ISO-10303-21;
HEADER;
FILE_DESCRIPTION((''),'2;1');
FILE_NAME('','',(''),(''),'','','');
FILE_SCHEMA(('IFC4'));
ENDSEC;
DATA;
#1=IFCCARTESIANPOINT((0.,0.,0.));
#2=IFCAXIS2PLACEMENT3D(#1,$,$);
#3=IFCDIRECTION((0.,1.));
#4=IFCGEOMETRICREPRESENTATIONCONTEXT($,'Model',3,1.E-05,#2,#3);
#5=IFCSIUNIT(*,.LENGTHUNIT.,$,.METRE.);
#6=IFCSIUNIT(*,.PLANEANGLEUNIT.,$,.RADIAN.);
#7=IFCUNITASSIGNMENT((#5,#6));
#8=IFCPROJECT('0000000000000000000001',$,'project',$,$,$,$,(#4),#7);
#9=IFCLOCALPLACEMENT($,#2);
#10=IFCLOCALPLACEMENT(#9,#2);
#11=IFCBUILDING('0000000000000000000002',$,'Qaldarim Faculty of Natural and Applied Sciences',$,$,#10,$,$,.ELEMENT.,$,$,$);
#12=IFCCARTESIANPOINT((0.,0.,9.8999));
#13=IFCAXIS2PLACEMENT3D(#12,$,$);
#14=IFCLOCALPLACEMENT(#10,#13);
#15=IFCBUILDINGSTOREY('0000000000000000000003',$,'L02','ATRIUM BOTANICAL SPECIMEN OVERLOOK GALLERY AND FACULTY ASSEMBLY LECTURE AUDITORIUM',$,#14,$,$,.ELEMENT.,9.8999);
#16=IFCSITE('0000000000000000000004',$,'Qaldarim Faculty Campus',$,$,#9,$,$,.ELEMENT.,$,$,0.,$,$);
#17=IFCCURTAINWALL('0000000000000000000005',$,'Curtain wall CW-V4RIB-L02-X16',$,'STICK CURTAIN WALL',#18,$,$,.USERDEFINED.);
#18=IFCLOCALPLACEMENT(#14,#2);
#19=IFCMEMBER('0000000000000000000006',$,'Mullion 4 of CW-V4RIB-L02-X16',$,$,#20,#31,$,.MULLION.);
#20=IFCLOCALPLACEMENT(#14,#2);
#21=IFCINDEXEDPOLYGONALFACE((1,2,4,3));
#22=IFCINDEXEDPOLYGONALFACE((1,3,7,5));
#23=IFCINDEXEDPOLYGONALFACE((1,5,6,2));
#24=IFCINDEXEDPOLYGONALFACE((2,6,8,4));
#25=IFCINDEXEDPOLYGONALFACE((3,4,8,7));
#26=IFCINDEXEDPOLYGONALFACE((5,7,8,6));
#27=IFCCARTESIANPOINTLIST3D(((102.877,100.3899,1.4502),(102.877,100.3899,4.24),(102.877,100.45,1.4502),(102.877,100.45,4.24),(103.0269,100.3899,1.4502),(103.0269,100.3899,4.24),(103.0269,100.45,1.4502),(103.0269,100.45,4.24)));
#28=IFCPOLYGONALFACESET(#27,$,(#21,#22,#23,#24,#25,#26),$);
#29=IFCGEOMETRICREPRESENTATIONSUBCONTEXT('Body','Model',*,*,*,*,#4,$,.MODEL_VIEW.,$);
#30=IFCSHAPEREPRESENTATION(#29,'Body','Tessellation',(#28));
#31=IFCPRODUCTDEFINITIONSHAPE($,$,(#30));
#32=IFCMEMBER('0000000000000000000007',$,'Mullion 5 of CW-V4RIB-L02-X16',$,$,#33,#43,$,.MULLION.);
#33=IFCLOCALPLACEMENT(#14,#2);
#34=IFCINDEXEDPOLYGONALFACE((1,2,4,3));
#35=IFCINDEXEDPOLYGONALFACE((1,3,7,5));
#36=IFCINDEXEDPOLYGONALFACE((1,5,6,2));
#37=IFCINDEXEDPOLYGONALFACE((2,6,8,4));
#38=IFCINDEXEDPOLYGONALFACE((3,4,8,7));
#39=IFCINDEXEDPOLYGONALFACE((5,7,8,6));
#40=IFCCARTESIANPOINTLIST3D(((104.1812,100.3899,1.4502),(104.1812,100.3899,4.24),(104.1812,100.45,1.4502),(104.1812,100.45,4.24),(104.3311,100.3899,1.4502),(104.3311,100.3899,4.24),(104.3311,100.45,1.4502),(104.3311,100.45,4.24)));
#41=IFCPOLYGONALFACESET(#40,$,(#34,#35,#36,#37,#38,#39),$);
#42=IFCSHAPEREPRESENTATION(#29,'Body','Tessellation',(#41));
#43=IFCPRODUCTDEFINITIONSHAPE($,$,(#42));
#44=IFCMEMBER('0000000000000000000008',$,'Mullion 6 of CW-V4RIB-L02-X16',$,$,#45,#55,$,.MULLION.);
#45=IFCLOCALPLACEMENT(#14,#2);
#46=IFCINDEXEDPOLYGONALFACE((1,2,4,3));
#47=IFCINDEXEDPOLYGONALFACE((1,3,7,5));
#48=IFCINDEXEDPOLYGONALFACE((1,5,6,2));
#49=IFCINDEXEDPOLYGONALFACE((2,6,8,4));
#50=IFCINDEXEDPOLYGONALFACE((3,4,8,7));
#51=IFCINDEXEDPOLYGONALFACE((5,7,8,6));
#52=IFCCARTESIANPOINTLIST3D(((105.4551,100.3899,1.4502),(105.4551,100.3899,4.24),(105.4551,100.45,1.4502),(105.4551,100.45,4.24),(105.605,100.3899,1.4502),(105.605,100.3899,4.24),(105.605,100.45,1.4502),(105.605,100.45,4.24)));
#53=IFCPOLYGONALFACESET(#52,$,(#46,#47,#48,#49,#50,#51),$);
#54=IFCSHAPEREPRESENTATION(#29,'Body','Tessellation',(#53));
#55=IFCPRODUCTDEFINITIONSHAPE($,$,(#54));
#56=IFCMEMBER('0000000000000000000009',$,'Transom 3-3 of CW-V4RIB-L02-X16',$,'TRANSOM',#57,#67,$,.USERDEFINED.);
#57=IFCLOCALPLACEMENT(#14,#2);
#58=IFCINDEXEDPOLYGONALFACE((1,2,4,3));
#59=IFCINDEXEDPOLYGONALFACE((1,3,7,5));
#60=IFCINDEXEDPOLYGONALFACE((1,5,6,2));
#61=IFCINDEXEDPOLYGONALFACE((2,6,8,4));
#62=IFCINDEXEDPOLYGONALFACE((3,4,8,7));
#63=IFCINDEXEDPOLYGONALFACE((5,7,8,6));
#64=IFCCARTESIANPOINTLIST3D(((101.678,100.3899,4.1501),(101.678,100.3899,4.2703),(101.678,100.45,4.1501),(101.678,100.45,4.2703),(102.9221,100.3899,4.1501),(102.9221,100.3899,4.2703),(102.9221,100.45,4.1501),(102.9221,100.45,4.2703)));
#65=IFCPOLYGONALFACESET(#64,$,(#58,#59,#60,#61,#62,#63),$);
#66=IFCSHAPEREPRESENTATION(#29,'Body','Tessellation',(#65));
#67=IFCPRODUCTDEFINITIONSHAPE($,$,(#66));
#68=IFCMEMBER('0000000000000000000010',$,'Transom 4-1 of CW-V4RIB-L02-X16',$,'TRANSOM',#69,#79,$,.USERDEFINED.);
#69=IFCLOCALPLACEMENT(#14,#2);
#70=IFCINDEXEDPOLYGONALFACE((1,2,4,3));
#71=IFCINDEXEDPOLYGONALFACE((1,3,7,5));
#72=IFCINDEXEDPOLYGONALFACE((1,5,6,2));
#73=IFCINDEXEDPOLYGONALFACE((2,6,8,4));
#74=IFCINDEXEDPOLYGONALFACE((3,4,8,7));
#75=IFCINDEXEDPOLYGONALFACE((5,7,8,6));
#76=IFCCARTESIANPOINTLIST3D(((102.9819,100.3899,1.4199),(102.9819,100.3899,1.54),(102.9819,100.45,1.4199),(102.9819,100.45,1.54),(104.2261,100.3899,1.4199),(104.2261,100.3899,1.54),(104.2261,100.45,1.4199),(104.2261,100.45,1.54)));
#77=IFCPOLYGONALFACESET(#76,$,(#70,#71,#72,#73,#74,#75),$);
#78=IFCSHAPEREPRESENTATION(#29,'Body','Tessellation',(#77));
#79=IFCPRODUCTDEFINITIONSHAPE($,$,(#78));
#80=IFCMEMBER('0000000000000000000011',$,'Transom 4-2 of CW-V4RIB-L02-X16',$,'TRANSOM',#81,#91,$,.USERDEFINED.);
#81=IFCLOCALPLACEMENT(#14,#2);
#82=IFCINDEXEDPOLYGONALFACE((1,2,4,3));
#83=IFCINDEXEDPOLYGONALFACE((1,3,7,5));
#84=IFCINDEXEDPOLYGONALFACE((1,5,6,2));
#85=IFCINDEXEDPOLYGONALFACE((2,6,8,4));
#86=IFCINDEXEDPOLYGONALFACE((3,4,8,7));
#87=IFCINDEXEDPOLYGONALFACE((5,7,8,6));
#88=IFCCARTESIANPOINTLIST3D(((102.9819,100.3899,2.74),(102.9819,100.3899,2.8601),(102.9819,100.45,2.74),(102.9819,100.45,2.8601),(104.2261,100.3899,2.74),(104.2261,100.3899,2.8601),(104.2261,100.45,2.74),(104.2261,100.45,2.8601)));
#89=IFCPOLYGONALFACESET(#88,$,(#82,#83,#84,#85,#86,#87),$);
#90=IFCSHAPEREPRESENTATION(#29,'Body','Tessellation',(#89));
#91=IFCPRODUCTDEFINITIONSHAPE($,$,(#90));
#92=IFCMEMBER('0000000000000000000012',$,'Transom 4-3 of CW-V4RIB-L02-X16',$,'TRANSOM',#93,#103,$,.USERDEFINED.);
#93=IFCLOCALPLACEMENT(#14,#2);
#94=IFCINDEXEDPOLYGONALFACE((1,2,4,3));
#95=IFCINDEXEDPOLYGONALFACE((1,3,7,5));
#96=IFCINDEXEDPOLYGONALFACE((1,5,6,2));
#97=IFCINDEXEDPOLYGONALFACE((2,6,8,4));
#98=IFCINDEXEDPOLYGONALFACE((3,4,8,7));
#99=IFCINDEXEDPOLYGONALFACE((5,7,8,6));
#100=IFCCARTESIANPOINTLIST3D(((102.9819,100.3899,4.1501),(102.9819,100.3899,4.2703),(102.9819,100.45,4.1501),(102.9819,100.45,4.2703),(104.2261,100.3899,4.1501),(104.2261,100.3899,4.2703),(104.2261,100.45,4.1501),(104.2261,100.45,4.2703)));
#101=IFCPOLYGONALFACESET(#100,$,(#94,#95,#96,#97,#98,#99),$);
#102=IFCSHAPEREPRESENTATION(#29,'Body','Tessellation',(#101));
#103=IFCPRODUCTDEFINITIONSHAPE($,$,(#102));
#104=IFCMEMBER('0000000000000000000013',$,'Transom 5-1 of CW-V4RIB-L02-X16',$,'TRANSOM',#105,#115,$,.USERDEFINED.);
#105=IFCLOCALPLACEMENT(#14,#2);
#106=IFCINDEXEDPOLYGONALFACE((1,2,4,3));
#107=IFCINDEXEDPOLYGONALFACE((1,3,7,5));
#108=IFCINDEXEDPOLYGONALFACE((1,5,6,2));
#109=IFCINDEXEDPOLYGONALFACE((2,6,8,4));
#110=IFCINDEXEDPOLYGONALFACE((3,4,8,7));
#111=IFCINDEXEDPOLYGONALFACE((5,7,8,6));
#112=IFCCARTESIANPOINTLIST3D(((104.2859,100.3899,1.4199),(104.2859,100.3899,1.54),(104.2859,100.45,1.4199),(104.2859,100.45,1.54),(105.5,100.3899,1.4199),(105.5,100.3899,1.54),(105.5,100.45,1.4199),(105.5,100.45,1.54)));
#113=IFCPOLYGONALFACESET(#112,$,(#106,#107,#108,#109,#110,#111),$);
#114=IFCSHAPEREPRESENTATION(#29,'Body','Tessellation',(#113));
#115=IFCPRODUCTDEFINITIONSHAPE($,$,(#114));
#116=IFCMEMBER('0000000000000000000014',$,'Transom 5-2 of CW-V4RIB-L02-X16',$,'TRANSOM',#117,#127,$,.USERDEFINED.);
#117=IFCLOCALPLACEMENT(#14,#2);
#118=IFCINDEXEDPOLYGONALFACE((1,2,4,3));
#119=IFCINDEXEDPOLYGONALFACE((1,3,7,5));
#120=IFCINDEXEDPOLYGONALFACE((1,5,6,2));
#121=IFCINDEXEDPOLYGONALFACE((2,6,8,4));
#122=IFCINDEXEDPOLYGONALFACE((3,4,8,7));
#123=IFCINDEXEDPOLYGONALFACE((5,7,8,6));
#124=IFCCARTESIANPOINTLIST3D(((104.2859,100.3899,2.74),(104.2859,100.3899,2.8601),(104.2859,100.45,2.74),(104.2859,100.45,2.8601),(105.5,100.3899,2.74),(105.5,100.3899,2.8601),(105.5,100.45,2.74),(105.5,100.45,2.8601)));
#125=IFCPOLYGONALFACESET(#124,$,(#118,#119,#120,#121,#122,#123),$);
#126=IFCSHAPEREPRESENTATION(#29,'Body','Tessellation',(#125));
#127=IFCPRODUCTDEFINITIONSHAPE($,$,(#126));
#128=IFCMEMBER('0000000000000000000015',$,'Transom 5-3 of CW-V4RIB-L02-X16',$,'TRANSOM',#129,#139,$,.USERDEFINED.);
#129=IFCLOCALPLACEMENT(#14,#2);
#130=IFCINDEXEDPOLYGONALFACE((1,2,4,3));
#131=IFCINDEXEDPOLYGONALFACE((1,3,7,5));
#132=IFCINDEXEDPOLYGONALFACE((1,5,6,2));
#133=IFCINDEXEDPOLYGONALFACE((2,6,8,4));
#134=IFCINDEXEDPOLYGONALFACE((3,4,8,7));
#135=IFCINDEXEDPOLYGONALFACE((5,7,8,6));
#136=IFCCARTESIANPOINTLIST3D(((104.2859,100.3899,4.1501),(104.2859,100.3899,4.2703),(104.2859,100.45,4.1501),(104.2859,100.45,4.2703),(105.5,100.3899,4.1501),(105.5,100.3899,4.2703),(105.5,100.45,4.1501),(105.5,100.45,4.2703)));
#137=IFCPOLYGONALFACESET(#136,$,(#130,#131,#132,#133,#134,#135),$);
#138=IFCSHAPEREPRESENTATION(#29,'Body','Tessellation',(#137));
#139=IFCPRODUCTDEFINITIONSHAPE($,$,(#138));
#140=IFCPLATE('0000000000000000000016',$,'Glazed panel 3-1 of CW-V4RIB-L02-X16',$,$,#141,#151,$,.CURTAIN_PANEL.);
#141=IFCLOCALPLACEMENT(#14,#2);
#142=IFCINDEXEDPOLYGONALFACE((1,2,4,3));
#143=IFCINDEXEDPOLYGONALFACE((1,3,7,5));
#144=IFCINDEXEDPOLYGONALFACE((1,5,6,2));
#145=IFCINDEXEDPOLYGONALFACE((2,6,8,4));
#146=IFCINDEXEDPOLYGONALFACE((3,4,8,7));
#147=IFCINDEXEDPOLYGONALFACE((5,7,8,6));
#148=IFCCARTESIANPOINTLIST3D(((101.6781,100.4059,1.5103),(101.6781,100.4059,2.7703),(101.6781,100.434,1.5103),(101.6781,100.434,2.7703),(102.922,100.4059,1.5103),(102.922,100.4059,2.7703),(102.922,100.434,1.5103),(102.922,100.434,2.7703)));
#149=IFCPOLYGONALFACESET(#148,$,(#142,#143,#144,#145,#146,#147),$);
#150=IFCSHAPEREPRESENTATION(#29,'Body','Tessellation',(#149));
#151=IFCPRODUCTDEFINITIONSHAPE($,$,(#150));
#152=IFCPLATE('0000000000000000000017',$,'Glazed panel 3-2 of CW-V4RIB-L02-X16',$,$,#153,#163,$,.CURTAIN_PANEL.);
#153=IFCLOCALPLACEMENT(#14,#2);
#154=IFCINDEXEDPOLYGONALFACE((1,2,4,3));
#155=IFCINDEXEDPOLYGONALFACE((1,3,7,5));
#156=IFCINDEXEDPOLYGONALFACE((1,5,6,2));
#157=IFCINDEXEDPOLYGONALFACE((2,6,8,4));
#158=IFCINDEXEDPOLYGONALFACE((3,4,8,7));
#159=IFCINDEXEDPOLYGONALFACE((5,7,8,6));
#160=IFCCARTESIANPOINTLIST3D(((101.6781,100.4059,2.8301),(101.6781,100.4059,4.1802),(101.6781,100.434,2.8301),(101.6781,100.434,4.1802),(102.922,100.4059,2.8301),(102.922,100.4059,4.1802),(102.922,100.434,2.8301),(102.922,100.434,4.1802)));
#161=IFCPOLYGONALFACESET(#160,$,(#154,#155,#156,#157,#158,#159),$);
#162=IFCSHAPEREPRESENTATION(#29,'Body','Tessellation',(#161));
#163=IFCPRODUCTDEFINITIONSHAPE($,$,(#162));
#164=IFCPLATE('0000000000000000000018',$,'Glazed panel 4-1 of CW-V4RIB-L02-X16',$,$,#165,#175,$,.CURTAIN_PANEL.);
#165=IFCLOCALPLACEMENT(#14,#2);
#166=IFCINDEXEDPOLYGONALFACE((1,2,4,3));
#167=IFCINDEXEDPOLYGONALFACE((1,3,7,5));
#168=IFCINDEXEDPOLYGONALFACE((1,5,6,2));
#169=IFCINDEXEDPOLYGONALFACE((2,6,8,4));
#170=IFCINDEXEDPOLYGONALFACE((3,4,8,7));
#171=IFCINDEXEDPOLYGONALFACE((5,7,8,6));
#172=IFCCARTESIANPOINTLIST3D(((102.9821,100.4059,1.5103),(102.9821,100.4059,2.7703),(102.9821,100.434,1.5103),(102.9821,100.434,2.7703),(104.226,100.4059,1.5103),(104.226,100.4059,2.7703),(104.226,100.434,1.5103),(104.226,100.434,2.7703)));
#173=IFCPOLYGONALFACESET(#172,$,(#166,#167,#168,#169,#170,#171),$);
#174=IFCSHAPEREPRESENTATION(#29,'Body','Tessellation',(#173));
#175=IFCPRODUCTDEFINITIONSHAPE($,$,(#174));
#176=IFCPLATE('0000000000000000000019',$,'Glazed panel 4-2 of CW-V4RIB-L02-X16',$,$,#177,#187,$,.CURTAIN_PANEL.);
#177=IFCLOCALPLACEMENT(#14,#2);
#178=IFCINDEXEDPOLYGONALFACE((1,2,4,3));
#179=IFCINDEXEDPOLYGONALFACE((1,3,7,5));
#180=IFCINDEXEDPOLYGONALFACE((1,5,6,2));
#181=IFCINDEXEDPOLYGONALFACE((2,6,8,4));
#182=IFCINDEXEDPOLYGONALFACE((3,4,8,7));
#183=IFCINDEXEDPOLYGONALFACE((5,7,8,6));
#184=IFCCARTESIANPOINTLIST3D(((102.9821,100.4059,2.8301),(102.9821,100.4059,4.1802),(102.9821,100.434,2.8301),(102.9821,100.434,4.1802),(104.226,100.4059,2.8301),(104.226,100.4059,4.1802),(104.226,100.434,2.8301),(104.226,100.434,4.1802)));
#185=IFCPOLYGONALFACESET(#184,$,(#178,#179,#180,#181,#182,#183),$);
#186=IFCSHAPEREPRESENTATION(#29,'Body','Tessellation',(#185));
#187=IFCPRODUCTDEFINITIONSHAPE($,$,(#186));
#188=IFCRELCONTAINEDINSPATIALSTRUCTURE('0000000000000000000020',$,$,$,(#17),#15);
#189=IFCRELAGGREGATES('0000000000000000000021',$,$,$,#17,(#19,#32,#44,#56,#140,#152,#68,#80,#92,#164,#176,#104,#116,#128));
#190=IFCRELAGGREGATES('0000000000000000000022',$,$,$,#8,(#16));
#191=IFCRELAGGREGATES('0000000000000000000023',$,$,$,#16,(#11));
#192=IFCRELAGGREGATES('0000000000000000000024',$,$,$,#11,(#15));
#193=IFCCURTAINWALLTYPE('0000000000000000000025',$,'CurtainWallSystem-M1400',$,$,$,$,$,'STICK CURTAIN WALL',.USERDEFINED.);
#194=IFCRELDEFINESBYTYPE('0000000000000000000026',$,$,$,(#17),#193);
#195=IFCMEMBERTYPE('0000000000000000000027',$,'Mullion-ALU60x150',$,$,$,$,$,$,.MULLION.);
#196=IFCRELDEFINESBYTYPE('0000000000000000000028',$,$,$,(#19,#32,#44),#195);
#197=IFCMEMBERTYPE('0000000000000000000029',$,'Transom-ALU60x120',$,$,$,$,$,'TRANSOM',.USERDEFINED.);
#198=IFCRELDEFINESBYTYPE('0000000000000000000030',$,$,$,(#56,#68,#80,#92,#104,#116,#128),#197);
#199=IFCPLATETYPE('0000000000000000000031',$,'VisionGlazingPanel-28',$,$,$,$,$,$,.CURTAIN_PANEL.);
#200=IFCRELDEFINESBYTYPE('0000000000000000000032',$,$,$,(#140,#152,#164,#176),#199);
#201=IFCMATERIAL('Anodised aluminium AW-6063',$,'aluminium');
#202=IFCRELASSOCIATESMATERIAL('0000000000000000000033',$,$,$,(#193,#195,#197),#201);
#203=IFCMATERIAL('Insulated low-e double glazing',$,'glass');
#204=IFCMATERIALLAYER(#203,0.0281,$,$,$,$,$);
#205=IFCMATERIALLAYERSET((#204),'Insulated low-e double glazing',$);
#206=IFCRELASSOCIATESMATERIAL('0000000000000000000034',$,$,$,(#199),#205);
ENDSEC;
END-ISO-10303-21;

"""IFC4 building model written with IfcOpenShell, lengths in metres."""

from ifc_helpers import new_model, si_unit, direction, frame, origin, origin_2d, place, context, subcontext, project, spatial, rectangle, extrude, material, layer, layer_set, material_profile, profile_set, type_object, element, aggregate, save


model = new_model("IFC4")

# Units and contexts
model_context = context("Model", 3, precision=1e-05, world=origin(), true_north=direction((0.0, 1.0)))
body_context = subcontext(model_context, "Body", "Model", "MODEL_VIEW")
ifc_project = project(units=[si_unit("LENGTHUNIT", "METRE"), si_unit("PLANEANGLEUNIT", "RADIAN")], contexts=[model_context])

# Site, building, storey
site_placement = place(None, origin())
site = spatial("IfcSite", under=ifc_project, at=site_placement, Name="Qaldarim Faculty Campus", CompositionType="ELEMENT", RefElevation=0.0)
building_placement = place(site_placement, origin())
building = spatial("IfcBuilding", under=site, at=building_placement, Name="Qaldarim Faculty of Natural and Applied Sciences", CompositionType="ELEMENT")
storey_placement = place(building_placement, frame((0.0, 0.0, 9.8999)))
storey = spatial("IfcBuildingStorey", under=building, at=storey_placement, Name="L02", Description="ATRIUM BOTANICAL SPECIMEN OVERLOOK GALLERY AND FACULTY ASSEMBLY LECTURE AUDITORIUM", CompositionType="ELEMENT", Elevation=9.8999)

# Curtain wall, members, plates
ifc_material_1 = material(Name="Anodised aluminium AW-6063", Category="aluminium")
curtain_wall_type = type_object("IfcCurtainWallType", Name="CurtainWallSystem-M1400", ElementType="STICK CURTAIN WALL", PredefinedType="USERDEFINED", material=ifc_material_1)
curtain_wall_placement = place(storey_placement, origin())
curtain_wall = element("IfcCurtainWall", 1, at=curtain_wall_placement, inside=storey, type_object=curtain_wall_type, Name="Curtain wall CW-V4RIB-L02-X16", ObjectType="STICK CURTAIN WALL", PredefinedType="USERDEFINED")
ifc_material_profile_1 = material_profile(ifc_material_1, rectangle(XDim=0.0601, YDim=0.1499, at=origin_2d()), Name="ALU-M60x150")
ifc_profile_set_1 = profile_set([ifc_material_profile_1], Name="Anodised aluminium AW-6063")
member_type_1 = type_object("IfcMemberType", Name="Mullion-ALU60x150", PredefinedType="MULLION", material=ifc_profile_set_1)
member_1_placement = place(storey_placement, frame((102.9519, 100.4199, 1.4502), z_axis=(0.0, 0.0, 1.0), x_axis=(0.0, 1.0, 0.0)))
member_1 = element("IfcMember", 2, at=member_1_placement, type_object=member_type_1, Name="Mullion 4 of CW-V4RIB-L02-X16", PredefinedType="MULLION", context=body_context, shape_type="SweptSolid", body=[
    extrude(rectangle(XDim=0.0601, YDim=0.1499, at=origin_2d()), origin(), (0.0, 0.0, 1.0), 2.7898),
])
member_2_placement = place(storey_placement, frame((104.2561, 100.4199, 1.4502), z_axis=(0.0, 0.0, 1.0), x_axis=(0.0, 1.0, 0.0)))
member_2 = element("IfcMember", 3, at=member_2_placement, type_object=member_type_1, Name="Mullion 5 of CW-V4RIB-L02-X16", PredefinedType="MULLION", context=body_context, shape_type="SweptSolid", body=[
    extrude(rectangle(XDim=0.0601, YDim=0.1499, at=origin_2d()), origin(), (0.0, 0.0, 1.0), 2.7898),
])
member_3_placement = place(storey_placement, frame((105.53, 100.4199, 1.4502), z_axis=(0.0, 0.0, 1.0), x_axis=(0.0, 1.0, 0.0)))
member_3 = element("IfcMember", 4, at=member_3_placement, type_object=member_type_1, Name="Mullion 6 of CW-V4RIB-L02-X16", PredefinedType="MULLION", context=body_context, shape_type="SweptSolid", body=[
    extrude(rectangle(XDim=0.0601, YDim=0.1499, at=origin_2d()), origin(), (0.0, 0.0, 1.0), 2.7898),
])
ifc_material_profile_2 = material_profile(ifc_material_1, rectangle(XDim=0.0601, YDim=0.1201, at=origin_2d()), Name="ALU-T60x120")
ifc_profile_set_2 = profile_set([ifc_material_profile_2], Name="Anodised aluminium AW-6063")
member_type_2 = type_object("IfcMemberType", Name="Transom-ALU60x120", ElementType="TRANSOM", PredefinedType="USERDEFINED", material=ifc_profile_set_2)
member_4_placement = place(storey_placement, frame((101.678, 100.4199, 4.2102), z_axis=(1.0, 0.0, 0.0), x_axis=(0.0, 1.0, 0.0)))
member_4 = element("IfcMember", 5, at=member_4_placement, type_object=member_type_2, Name="Transom 3-3 of CW-V4RIB-L02-X16", ObjectType="TRANSOM", PredefinedType="USERDEFINED", context=body_context, shape_type="SweptSolid", body=[
    extrude(rectangle(XDim=0.0601, YDim=0.1201, at=origin_2d()), origin(), (0.0, 0.0, 1.0), 1.2441),
])
member_5_placement = place(storey_placement, frame((102.9819, 100.4199, 1.48), z_axis=(1.0, 0.0, 0.0), x_axis=(0.0, 1.0, 0.0)))
member_5 = element("IfcMember", 6, at=member_5_placement, type_object=member_type_2, Name="Transom 4-1 of CW-V4RIB-L02-X16", ObjectType="TRANSOM", PredefinedType="USERDEFINED", context=body_context, shape_type="SweptSolid", body=[
    extrude(rectangle(XDim=0.0601, YDim=0.1201, at=origin_2d()), origin(), (0.0, 0.0, 1.0), 1.2441),
])
member_6_placement = place(storey_placement, frame((102.9819, 100.4199, 2.8), z_axis=(1.0, 0.0, 0.0), x_axis=(0.0, 1.0, 0.0)))
member_6 = element("IfcMember", 7, at=member_6_placement, type_object=member_type_2, Name="Transom 4-2 of CW-V4RIB-L02-X16", ObjectType="TRANSOM", PredefinedType="USERDEFINED", context=body_context, shape_type="SweptSolid", body=[
    extrude(rectangle(XDim=0.0601, YDim=0.1201, at=origin_2d()), origin(), (0.0, 0.0, 1.0), 1.2441),
])
member_7_placement = place(storey_placement, frame((102.9819, 100.4199, 4.2102), z_axis=(1.0, 0.0, 0.0), x_axis=(0.0, 1.0, 0.0)))
member_7 = element("IfcMember", 8, at=member_7_placement, type_object=member_type_2, Name="Transom 4-3 of CW-V4RIB-L02-X16", ObjectType="TRANSOM", PredefinedType="USERDEFINED", context=body_context, shape_type="SweptSolid", body=[
    extrude(rectangle(XDim=0.0601, YDim=0.1201, at=origin_2d()), origin(), (0.0, 0.0, 1.0), 1.2441),
])
member_8_placement = place(storey_placement, frame((104.2859, 100.4199, 1.48), z_axis=(1.0, 0.0, 0.0), x_axis=(0.0, 1.0, 0.0)))
member_8 = element("IfcMember", 9, at=member_8_placement, type_object=member_type_2, Name="Transom 5-1 of CW-V4RIB-L02-X16", ObjectType="TRANSOM", PredefinedType="USERDEFINED", context=body_context, shape_type="SweptSolid", body=[
    extrude(rectangle(XDim=0.0601, YDim=0.1201, at=origin_2d()), origin(), (0.0, 0.0, 1.0), 1.2141),
])
member_9_placement = place(storey_placement, frame((104.2859, 100.4199, 2.8), z_axis=(1.0, 0.0, 0.0), x_axis=(0.0, 1.0, 0.0)))
member_9 = element("IfcMember", 10, at=member_9_placement, type_object=member_type_2, Name="Transom 5-2 of CW-V4RIB-L02-X16", ObjectType="TRANSOM", PredefinedType="USERDEFINED", context=body_context, shape_type="SweptSolid", body=[
    extrude(rectangle(XDim=0.0601, YDim=0.1201, at=origin_2d()), origin(), (0.0, 0.0, 1.0), 1.2141),
])
member_10_placement = place(storey_placement, frame((104.2859, 100.4199, 4.2102), z_axis=(1.0, 0.0, 0.0), x_axis=(0.0, 1.0, 0.0)))
member_10 = element("IfcMember", 11, at=member_10_placement, type_object=member_type_2, Name="Transom 5-3 of CW-V4RIB-L02-X16", ObjectType="TRANSOM", PredefinedType="USERDEFINED", context=body_context, shape_type="SweptSolid", body=[
    extrude(rectangle(XDim=0.0601, YDim=0.1201, at=origin_2d()), origin(), (0.0, 0.0, 1.0), 1.2141),
])
ifc_material_2 = material(Name="Insulated low-e double glazing", Category="glass")
ifc_layer_1 = layer(ifc_material_2, 0.0281)
ifc_layer_set_1 = layer_set([ifc_layer_1], Name="Insulated low-e double glazing")
plate_type = type_object("IfcPlateType", Name="VisionGlazingPanel-28", PredefinedType="CURTAIN_PANEL", material=ifc_layer_set_1)
plate_1_placement = place(storey_placement, frame((102.3, 100.4199, 1.5103), z_axis=(0.0, 0.0, 1.0), x_axis=(1.0, 0.0, 0.0)))
plate_1 = element("IfcPlate", 12, at=plate_1_placement, type_object=plate_type, Name="Glazed panel 3-1 of CW-V4RIB-L02-X16", PredefinedType="CURTAIN_PANEL", context=body_context, shape_type="SweptSolid", body=[
    extrude(rectangle(XDim=1.2439, YDim=0.0281, at=origin_2d()), origin(), (0.0, 0.0, 1.0), 1.26),
])
plate_2_placement = place(storey_placement, frame((102.3, 100.4199, 2.8301), z_axis=(0.0, 0.0, 1.0), x_axis=(1.0, 0.0, 0.0)))
plate_2 = element("IfcPlate", 13, at=plate_2_placement, type_object=plate_type, Name="Glazed panel 3-2 of CW-V4RIB-L02-X16", PredefinedType="CURTAIN_PANEL", context=body_context, shape_type="SweptSolid", body=[
    extrude(rectangle(XDim=1.2439, YDim=0.0281, at=origin_2d()), origin(), (0.0, 0.0, 1.0), 1.3501),
])
plate_3_placement = place(storey_placement, frame((103.604, 100.4199, 1.5103), z_axis=(0.0, 0.0, 1.0), x_axis=(1.0, 0.0, 0.0)))
plate_3 = element("IfcPlate", 14, at=plate_3_placement, type_object=plate_type, Name="Glazed panel 4-1 of CW-V4RIB-L02-X16", PredefinedType="CURTAIN_PANEL", context=body_context, shape_type="SweptSolid", body=[
    extrude(rectangle(XDim=1.2439, YDim=0.0281, at=origin_2d()), origin(), (0.0, 0.0, 1.0), 1.26),
])
plate_4_placement = place(storey_placement, frame((103.604, 100.4199, 2.8301), z_axis=(0.0, 0.0, 1.0), x_axis=(1.0, 0.0, 0.0)))
plate_4 = element("IfcPlate", 15, at=plate_4_placement, type_object=plate_type, Name="Glazed panel 4-2 of CW-V4RIB-L02-X16", PredefinedType="CURTAIN_PANEL", context=body_context, shape_type="SweptSolid", body=[
    extrude(rectangle(XDim=1.2439, YDim=0.0281, at=origin_2d()), origin(), (0.0, 0.0, 1.0), 1.3501),
])
aggregate(curtain_wall, [member_1, member_2, member_3, member_4, plate_1, plate_2, member_5, member_6, member_7, plate_3, plate_4, member_8, member_9, member_10])

save(model, "model.ifc")
